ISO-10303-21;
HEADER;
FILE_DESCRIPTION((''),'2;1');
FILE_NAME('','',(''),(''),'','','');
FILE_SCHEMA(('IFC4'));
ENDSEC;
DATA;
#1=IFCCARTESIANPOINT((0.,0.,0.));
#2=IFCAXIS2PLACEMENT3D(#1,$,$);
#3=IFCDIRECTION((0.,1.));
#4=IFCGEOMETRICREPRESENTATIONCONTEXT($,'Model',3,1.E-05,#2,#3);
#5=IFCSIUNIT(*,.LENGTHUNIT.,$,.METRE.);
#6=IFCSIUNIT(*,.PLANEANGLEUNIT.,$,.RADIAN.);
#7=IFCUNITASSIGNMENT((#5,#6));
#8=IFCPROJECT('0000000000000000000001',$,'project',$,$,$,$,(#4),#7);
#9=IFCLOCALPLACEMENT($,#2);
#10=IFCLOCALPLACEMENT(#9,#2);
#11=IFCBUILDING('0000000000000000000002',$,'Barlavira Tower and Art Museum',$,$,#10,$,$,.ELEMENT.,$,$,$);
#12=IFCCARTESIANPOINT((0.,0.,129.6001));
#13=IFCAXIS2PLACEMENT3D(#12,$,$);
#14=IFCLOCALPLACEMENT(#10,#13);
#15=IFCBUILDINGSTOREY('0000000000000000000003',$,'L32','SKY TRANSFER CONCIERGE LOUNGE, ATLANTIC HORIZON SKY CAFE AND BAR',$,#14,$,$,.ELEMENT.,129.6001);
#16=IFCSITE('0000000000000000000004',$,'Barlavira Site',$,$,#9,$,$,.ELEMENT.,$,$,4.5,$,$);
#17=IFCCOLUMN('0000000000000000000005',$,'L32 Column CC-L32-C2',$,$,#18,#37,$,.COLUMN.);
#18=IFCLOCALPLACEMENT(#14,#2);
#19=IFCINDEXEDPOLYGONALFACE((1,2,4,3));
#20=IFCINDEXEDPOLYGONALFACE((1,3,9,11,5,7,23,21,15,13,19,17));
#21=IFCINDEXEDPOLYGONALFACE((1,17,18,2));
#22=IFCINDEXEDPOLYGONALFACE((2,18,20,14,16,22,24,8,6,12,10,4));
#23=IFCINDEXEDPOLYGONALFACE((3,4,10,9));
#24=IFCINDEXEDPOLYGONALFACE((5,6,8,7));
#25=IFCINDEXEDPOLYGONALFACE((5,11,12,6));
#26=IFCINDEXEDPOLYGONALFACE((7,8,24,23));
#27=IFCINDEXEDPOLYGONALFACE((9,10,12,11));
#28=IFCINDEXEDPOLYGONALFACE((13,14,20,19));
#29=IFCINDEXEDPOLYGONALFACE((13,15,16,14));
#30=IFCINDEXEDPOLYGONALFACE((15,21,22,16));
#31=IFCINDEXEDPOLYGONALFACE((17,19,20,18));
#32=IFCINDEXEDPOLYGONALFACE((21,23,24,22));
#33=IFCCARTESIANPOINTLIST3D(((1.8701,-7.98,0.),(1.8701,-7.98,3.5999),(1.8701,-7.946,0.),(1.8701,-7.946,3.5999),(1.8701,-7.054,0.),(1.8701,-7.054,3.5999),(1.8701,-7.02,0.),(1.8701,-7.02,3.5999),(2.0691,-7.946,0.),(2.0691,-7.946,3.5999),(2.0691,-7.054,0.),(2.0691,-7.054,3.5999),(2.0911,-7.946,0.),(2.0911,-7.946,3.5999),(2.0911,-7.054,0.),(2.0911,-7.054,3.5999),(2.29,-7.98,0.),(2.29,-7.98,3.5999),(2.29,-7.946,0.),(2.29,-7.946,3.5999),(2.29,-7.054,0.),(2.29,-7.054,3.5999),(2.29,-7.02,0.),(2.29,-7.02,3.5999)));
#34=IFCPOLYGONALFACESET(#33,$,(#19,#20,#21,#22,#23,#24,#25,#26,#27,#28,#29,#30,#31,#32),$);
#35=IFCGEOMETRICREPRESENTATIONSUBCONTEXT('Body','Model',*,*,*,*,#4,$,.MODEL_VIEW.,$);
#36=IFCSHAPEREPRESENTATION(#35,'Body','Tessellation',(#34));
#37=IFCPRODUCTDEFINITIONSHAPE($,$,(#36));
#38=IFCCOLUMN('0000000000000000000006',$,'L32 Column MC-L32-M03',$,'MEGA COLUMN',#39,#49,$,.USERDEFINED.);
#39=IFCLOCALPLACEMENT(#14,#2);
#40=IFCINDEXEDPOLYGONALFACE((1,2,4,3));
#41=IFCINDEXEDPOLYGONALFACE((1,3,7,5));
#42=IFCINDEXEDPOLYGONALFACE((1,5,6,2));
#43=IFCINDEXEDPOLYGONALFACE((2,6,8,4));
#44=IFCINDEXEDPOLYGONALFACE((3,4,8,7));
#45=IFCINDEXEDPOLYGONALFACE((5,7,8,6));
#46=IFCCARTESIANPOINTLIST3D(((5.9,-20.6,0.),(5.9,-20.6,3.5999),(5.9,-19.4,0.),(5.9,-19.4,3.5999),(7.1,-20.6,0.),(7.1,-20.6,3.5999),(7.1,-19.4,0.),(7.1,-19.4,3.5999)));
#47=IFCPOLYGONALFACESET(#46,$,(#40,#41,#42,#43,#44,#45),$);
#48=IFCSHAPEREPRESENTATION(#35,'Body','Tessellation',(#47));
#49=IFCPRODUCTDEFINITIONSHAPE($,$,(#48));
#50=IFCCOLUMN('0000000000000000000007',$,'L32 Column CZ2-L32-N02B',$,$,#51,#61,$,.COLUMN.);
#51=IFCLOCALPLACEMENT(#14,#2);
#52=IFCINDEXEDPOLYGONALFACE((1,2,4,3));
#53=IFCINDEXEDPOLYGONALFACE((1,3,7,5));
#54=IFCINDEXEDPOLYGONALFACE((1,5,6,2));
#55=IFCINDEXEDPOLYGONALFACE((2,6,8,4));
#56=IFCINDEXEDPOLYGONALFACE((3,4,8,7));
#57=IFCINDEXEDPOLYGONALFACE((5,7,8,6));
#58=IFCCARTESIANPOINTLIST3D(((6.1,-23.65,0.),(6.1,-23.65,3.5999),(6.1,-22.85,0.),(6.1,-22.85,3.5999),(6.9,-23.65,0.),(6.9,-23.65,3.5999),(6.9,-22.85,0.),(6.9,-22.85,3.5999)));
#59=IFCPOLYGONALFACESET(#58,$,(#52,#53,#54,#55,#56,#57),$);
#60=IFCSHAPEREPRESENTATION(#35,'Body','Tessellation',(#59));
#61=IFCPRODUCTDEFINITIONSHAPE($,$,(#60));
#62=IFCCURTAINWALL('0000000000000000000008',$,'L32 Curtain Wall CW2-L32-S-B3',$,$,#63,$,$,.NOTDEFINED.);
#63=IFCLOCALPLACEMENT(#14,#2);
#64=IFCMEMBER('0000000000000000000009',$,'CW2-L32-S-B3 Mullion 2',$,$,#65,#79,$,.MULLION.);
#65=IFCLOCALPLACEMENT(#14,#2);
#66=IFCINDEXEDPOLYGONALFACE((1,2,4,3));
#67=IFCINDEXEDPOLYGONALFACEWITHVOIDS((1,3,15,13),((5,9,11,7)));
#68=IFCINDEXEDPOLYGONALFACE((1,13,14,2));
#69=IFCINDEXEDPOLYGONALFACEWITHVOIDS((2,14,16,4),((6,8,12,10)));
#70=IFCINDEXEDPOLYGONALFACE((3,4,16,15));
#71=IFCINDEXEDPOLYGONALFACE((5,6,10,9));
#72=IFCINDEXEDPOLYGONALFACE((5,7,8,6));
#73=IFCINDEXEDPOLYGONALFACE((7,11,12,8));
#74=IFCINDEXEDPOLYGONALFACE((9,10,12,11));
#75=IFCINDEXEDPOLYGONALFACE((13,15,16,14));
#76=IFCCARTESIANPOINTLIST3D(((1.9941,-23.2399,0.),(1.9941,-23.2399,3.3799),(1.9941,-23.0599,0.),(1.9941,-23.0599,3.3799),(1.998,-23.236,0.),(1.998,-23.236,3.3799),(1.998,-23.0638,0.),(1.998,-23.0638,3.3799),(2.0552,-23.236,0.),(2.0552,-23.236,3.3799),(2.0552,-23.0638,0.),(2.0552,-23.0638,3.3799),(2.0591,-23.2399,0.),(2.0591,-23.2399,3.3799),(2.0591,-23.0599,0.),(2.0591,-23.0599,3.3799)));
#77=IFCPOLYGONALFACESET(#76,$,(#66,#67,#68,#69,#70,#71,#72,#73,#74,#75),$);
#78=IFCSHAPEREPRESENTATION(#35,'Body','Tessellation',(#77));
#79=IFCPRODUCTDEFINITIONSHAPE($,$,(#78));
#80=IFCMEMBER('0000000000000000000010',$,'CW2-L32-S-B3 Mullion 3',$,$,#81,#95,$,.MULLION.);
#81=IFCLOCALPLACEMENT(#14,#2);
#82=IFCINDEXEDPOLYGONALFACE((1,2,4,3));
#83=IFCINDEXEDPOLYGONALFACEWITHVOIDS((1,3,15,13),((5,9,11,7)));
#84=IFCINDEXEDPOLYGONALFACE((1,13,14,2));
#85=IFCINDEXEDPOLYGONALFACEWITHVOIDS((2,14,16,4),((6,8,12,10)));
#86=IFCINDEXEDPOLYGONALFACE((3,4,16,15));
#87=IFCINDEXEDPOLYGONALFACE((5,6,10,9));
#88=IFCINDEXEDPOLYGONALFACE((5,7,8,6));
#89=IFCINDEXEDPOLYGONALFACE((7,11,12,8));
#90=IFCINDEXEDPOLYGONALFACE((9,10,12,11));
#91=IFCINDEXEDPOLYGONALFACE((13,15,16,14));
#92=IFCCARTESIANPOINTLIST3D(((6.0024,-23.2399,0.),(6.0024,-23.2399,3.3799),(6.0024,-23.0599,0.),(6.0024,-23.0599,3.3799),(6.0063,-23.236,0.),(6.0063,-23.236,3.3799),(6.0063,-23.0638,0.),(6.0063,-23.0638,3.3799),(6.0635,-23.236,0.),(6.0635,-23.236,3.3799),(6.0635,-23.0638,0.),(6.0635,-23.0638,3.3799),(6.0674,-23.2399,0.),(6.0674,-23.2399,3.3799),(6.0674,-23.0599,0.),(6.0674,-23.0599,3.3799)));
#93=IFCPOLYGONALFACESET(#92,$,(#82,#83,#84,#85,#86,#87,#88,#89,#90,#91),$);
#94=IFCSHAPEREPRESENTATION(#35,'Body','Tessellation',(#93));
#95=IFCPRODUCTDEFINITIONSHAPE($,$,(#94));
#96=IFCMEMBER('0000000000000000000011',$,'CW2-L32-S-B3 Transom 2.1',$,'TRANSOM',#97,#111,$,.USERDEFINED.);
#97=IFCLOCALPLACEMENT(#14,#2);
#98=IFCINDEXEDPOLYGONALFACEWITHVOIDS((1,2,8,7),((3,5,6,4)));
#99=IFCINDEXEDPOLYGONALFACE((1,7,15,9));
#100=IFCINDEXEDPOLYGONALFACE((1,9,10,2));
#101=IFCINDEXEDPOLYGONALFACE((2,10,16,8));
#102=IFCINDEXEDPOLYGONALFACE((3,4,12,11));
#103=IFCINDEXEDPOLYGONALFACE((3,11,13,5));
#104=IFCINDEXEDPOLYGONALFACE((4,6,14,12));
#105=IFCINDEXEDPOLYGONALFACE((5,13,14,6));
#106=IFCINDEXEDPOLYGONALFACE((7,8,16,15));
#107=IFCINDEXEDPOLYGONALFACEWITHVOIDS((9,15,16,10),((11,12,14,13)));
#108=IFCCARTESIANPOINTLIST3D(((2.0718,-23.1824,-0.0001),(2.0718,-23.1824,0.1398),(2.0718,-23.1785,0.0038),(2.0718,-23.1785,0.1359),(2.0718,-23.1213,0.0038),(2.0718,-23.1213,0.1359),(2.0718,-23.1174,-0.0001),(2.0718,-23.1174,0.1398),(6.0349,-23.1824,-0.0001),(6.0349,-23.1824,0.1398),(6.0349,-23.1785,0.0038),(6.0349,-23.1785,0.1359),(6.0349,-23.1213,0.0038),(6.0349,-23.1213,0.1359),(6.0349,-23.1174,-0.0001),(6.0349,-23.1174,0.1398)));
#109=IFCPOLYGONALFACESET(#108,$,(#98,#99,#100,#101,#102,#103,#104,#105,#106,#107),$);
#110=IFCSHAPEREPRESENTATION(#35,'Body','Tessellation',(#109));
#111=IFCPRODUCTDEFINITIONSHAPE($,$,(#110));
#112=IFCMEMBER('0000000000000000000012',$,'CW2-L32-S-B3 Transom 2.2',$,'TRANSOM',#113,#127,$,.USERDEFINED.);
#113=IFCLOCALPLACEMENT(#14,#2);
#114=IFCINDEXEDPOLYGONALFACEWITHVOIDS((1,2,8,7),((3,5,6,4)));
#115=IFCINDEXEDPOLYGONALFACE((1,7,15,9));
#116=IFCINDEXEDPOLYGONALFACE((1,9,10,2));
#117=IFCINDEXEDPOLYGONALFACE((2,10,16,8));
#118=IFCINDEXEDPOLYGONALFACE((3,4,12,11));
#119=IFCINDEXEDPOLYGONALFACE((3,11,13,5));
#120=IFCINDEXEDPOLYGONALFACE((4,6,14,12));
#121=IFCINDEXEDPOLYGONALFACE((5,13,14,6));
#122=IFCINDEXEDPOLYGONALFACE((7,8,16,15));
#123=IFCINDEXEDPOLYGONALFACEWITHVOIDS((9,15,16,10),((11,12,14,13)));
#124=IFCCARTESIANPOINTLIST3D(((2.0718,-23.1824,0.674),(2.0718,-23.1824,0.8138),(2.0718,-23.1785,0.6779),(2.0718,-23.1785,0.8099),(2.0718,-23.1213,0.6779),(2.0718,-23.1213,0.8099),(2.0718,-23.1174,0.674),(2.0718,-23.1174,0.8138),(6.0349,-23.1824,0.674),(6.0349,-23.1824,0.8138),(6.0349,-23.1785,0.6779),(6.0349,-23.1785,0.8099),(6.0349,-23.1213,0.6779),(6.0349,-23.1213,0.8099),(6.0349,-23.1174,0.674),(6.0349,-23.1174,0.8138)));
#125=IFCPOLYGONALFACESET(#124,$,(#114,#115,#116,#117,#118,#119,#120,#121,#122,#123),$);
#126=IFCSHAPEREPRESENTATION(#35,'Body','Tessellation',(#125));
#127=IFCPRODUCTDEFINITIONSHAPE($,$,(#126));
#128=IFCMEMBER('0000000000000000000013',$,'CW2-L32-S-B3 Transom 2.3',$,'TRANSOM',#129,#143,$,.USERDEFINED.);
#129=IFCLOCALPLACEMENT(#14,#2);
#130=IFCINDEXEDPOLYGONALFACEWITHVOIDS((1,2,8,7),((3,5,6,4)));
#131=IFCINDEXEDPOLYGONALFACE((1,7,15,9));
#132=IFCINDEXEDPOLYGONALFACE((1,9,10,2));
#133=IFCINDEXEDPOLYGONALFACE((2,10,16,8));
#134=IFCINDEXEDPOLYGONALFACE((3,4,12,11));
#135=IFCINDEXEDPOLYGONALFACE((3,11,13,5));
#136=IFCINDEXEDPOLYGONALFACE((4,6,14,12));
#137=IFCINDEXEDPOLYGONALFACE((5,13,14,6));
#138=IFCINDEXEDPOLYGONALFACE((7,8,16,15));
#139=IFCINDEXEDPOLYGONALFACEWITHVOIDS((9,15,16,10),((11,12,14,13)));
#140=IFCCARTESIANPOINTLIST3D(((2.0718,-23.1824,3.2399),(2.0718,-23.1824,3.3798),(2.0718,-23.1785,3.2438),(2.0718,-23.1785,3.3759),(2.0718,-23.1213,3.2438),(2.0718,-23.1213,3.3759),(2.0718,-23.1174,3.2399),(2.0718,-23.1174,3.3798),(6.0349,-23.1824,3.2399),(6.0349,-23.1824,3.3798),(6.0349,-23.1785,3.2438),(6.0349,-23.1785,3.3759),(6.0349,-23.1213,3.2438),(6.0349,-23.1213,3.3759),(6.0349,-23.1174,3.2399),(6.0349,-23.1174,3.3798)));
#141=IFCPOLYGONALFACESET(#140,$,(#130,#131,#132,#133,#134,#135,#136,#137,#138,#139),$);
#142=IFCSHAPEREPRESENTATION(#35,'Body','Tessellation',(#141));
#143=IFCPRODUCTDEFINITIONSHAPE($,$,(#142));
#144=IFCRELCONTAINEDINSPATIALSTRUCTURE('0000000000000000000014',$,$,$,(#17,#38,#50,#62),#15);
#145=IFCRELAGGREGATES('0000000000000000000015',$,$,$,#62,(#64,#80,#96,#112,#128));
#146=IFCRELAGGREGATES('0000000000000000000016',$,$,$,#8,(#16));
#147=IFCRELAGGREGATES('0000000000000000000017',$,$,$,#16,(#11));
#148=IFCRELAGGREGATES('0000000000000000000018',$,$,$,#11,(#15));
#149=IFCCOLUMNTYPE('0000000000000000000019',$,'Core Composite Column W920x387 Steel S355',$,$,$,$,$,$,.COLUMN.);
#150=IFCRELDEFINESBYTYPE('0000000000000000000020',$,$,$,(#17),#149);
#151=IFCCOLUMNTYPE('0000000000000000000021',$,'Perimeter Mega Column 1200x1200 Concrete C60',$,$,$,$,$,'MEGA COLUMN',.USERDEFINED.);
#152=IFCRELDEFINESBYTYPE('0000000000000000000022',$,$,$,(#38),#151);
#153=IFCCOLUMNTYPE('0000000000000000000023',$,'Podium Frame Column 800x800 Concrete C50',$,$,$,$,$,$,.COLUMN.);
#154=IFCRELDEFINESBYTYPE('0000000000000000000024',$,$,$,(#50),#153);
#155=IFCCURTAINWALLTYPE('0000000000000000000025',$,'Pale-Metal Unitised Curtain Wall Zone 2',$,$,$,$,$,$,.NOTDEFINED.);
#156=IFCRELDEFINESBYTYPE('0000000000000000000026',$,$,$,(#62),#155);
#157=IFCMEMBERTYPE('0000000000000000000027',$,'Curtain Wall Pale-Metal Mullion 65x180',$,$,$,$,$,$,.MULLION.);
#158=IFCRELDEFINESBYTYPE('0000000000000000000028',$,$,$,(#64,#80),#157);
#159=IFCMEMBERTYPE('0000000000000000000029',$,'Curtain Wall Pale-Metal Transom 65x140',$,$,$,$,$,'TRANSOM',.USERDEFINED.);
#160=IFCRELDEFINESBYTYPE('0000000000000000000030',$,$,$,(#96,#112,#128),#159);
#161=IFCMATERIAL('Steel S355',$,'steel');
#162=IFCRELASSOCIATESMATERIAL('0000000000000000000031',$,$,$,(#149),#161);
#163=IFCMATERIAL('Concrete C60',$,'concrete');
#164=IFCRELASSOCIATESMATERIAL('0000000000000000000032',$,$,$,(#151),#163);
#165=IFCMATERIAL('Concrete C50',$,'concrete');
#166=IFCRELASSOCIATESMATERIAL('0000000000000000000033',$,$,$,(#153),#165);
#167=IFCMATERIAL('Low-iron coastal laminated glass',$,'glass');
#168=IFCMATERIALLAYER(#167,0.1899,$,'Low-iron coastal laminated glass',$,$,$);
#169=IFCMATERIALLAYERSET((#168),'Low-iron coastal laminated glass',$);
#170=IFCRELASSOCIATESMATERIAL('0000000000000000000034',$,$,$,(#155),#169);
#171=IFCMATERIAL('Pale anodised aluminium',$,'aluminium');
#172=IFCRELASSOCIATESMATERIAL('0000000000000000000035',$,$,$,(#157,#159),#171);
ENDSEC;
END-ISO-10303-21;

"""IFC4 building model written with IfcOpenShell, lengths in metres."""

from ifc_helpers import new_model, si_unit, direction, frame, origin, origin_2d, place, context, subcontext, project, spatial, rectangle, hollow_rectangle, i_section, extrude, material, layer, layer_set, material_profile, profile_set, type_object, element, aggregate, save


model = new_model("IFC4")

# Units and contexts
model_context = context("Model", 3, precision=1e-05, world=origin(), true_north=direction((0.0, 1.0)))
body_context = subcontext(model_context, "Body", "Model", "MODEL_VIEW")
ifc_project = project(units=[si_unit("LENGTHUNIT", "METRE"), si_unit("PLANEANGLEUNIT", "RADIAN")], contexts=[model_context])

# Site, building, storey
site_placement = place(None, origin())
site = spatial("IfcSite", under=ifc_project, at=site_placement, Name="Barlavira Site", CompositionType="ELEMENT", RefElevation=4.5)
building_placement = place(site_placement, origin())
building = spatial("IfcBuilding", under=site, at=building_placement, Name="Barlavira Tower and Art Museum", CompositionType="ELEMENT")
storey_placement = place(building_placement, frame((0.0, 0.0, 129.6001)))
storey = spatial("IfcBuildingStorey", under=building, at=storey_placement, Name="L32", Description="SKY TRANSFER CONCIERGE LOUNGE, ATLANTIC HORIZON SKY CAFE AND BAR", CompositionType="ELEMENT", Elevation=129.6001)

# Columns
ifc_material_1 = material(Name="Steel S355", Category="steel")
ifc_material_profile_1 = material_profile(ifc_material_1, i_section(OverallWidth=0.4199, OverallDepth=0.96, WebThickness=0.022, FlangeThickness=0.0339, at=origin_2d()), Name="W920x387.0")
ifc_profile_set_1 = profile_set([ifc_material_profile_1], Name="Steel S355")
column_type_1 = type_object("IfcColumnType", Name="Core Composite Column W920x387 Steel S355", PredefinedType="COLUMN", material=ifc_profile_set_1)
column_1_placement = place(storey_placement, frame((2.0801, -7.5, 0.0), z_axis=(0.0, 0.0, 1.0), x_axis=(1.0, 0.0, 0.0)))
element("IfcColumn", 1, at=column_1_placement, inside=storey, type_object=column_type_1, Name="L32 Column CC-L32-C2", PredefinedType="COLUMN", context=body_context, shape_type="SweptSolid", body=[
    extrude(i_section(OverallWidth=0.4199, OverallDepth=0.96, WebThickness=0.022, FlangeThickness=0.0339, at=origin_2d()), origin(), (0.0, 0.0, 1.0), 3.5999),
])
ifc_material_2 = material(Name="Concrete C60", Category="concrete")
ifc_material_profile_2 = material_profile(ifc_material_2, rectangle(XDim=1.2, YDim=1.2, at=origin_2d()), Name="RC-COL 1200x1200")
ifc_profile_set_2 = profile_set([ifc_material_profile_2], Name="Concrete C60")
column_type_2 = type_object("IfcColumnType", Name="Perimeter Mega Column 1200x1200 Concrete C60", ElementType="MEGA COLUMN", PredefinedType="USERDEFINED", material=ifc_profile_set_2)
column_2_placement = place(storey_placement, frame((6.5, -20.0, 0.0), z_axis=(0.0, 0.0, 1.0), x_axis=(1.0, 0.0, 0.0)))
element("IfcColumn", 2, at=column_2_placement, inside=storey, type_object=column_type_2, Name="L32 Column MC-L32-M03", ObjectType="MEGA COLUMN", PredefinedType="USERDEFINED", context=body_context, shape_type="SweptSolid", body=[
    extrude(rectangle(XDim=1.2, YDim=1.2, at=origin_2d()), origin(), (0.0, 0.0, 1.0), 3.5999),
])
ifc_material_3 = material(Name="Concrete C50", Category="concrete")
ifc_material_profile_3 = material_profile(ifc_material_3, rectangle(XDim=0.8, YDim=0.8, at=origin_2d()), Name="RC-COL 800x800")
ifc_profile_set_3 = profile_set([ifc_material_profile_3], Name="Concrete C50")
column_type_3 = type_object("IfcColumnType", Name="Podium Frame Column 800x800 Concrete C50", PredefinedType="COLUMN", material=ifc_profile_set_3)
column_3_placement = place(storey_placement, frame((6.5, -23.25, 0.0), z_axis=(0.0, 0.0, 1.0), x_axis=(1.0, 0.0, 0.0)))
element("IfcColumn", 3, at=column_3_placement, inside=storey, type_object=column_type_3, Name="L32 Column CZ2-L32-N02B", PredefinedType="COLUMN", context=body_context, shape_type="SweptSolid", body=[
    extrude(rectangle(XDim=0.8, YDim=0.8, at=origin_2d()), origin(), (0.0, 0.0, 1.0), 3.5999),
])

# Curtain wall, members
ifc_material_4 = material(Name="Low-iron coastal laminated glass", Category="glass")
ifc_layer_1 = layer(ifc_material_4, 0.1899, Name="Low-iron coastal laminated glass")
ifc_layer_set_1 = layer_set([ifc_layer_1], Name="Low-iron coastal laminated glass")
curtain_wall_type = type_object("IfcCurtainWallType", Name="Pale-Metal Unitised Curtain Wall Zone 2", PredefinedType="NOTDEFINED", material=ifc_layer_set_1)
curtain_wall_placement = place(storey_placement, origin())
curtain_wall = element("IfcCurtainWall", 4, at=curtain_wall_placement, inside=storey, type_object=curtain_wall_type, Name="L32 Curtain Wall CW2-L32-S-B3", PredefinedType="NOTDEFINED")
ifc_material_5 = material(Name="Pale anodised aluminium", Category="aluminium")
ifc_material_profile_4 = material_profile(ifc_material_5, hollow_rectangle(XDim=0.0649, YDim=0.1799, WallThickness=0.0039, at=origin_2d()), Name="ALU-MULL 65x180x4")
ifc_profile_set_4 = profile_set([ifc_material_profile_4], Name="Pale anodised aluminium")
member_type_1 = type_object("IfcMemberType", Name="Curtain Wall Pale-Metal Mullion 65x180", PredefinedType="MULLION", material=ifc_profile_set_4)
member_1_placement = place(storey_placement, frame((2.0266, -23.1499, 0.0), z_axis=(0.0, 0.0, 1.0), x_axis=(1.0, 0.0, 0.0)))
member_1 = element("IfcMember", 5, at=member_1_placement, type_object=member_type_1, Name="CW2-L32-S-B3 Mullion 2", PredefinedType="MULLION", context=body_context, shape_type="SweptSolid", body=[
    extrude(hollow_rectangle(XDim=0.0649, YDim=0.1799, WallThickness=0.0039, at=origin_2d()), origin(), (0.0, 0.0, 1.0), 3.3799),
])
member_2_placement = place(storey_placement, frame((6.0349, -23.1499, 0.0), z_axis=(0.0, 0.0, 1.0), x_axis=(1.0, 0.0, 0.0)))
member_2 = element("IfcMember", 6, at=member_2_placement, type_object=member_type_1, Name="CW2-L32-S-B3 Mullion 3", PredefinedType="MULLION", context=body_context, shape_type="SweptSolid", body=[
    extrude(hollow_rectangle(XDim=0.0649, YDim=0.1799, WallThickness=0.0039, at=origin_2d()), origin(), (0.0, 0.0, 1.0), 3.3799),
])
ifc_material_profile_5 = material_profile(ifc_material_5, hollow_rectangle(XDim=0.0649, YDim=0.1399, WallThickness=0.0039, at=origin_2d()), Name="ALU-TRAN 65x140x4")
ifc_profile_set_5 = profile_set([ifc_material_profile_5], Name="Pale anodised aluminium")
member_type_2 = type_object("IfcMemberType", Name="Curtain Wall Pale-Metal Transom 65x140", ElementType="TRANSOM", PredefinedType="USERDEFINED", material=ifc_profile_set_5)
member_3_placement = place(storey_placement, frame((2.0718, -23.1499, 0.0698), z_axis=(1.0, 0.0, 0.0), x_axis=(0.0, 1.0, 0.0)))
member_3 = element("IfcMember", 7, at=member_3_placement, type_object=member_type_2, Name="CW2-L32-S-B3 Transom 2.1", ObjectType="TRANSOM", PredefinedType="USERDEFINED", context=body_context, shape_type="SweptSolid", body=[
    extrude(hollow_rectangle(XDim=0.0649, YDim=0.1399, WallThickness=0.0039, at=origin_2d()), origin(), (0.0, 0.0, 1.0), 3.9631),
])
member_4_placement = place(storey_placement, frame((2.0718, -23.1499, 0.7439), z_axis=(1.0, 0.0, 0.0), x_axis=(0.0, 1.0, 0.0)))
member_4 = element("IfcMember", 8, at=member_4_placement, type_object=member_type_2, Name="CW2-L32-S-B3 Transom 2.2", ObjectType="TRANSOM", PredefinedType="USERDEFINED", context=body_context, shape_type="SweptSolid", body=[
    extrude(hollow_rectangle(XDim=0.0649, YDim=0.1399, WallThickness=0.0039, at=origin_2d()), origin(), (0.0, 0.0, 1.0), 3.9631),
])
member_5_placement = place(storey_placement, frame((2.0718, -23.1499, 3.3098), z_axis=(1.0, 0.0, 0.0), x_axis=(0.0, 1.0, 0.0)))
member_5 = element("IfcMember", 9, at=member_5_placement, type_object=member_type_2, Name="CW2-L32-S-B3 Transom 2.3", ObjectType="TRANSOM", PredefinedType="USERDEFINED", context=body_context, shape_type="SweptSolid", body=[
    extrude(hollow_rectangle(XDim=0.0649, YDim=0.1399, WallThickness=0.0039, at=origin_2d()), origin(), (0.0, 0.0, 1.0), 3.9631),
])

aggregate(curtain_wall, [member_1, member_2, member_3, member_4, member_5])

save(model, "model.ifc")
